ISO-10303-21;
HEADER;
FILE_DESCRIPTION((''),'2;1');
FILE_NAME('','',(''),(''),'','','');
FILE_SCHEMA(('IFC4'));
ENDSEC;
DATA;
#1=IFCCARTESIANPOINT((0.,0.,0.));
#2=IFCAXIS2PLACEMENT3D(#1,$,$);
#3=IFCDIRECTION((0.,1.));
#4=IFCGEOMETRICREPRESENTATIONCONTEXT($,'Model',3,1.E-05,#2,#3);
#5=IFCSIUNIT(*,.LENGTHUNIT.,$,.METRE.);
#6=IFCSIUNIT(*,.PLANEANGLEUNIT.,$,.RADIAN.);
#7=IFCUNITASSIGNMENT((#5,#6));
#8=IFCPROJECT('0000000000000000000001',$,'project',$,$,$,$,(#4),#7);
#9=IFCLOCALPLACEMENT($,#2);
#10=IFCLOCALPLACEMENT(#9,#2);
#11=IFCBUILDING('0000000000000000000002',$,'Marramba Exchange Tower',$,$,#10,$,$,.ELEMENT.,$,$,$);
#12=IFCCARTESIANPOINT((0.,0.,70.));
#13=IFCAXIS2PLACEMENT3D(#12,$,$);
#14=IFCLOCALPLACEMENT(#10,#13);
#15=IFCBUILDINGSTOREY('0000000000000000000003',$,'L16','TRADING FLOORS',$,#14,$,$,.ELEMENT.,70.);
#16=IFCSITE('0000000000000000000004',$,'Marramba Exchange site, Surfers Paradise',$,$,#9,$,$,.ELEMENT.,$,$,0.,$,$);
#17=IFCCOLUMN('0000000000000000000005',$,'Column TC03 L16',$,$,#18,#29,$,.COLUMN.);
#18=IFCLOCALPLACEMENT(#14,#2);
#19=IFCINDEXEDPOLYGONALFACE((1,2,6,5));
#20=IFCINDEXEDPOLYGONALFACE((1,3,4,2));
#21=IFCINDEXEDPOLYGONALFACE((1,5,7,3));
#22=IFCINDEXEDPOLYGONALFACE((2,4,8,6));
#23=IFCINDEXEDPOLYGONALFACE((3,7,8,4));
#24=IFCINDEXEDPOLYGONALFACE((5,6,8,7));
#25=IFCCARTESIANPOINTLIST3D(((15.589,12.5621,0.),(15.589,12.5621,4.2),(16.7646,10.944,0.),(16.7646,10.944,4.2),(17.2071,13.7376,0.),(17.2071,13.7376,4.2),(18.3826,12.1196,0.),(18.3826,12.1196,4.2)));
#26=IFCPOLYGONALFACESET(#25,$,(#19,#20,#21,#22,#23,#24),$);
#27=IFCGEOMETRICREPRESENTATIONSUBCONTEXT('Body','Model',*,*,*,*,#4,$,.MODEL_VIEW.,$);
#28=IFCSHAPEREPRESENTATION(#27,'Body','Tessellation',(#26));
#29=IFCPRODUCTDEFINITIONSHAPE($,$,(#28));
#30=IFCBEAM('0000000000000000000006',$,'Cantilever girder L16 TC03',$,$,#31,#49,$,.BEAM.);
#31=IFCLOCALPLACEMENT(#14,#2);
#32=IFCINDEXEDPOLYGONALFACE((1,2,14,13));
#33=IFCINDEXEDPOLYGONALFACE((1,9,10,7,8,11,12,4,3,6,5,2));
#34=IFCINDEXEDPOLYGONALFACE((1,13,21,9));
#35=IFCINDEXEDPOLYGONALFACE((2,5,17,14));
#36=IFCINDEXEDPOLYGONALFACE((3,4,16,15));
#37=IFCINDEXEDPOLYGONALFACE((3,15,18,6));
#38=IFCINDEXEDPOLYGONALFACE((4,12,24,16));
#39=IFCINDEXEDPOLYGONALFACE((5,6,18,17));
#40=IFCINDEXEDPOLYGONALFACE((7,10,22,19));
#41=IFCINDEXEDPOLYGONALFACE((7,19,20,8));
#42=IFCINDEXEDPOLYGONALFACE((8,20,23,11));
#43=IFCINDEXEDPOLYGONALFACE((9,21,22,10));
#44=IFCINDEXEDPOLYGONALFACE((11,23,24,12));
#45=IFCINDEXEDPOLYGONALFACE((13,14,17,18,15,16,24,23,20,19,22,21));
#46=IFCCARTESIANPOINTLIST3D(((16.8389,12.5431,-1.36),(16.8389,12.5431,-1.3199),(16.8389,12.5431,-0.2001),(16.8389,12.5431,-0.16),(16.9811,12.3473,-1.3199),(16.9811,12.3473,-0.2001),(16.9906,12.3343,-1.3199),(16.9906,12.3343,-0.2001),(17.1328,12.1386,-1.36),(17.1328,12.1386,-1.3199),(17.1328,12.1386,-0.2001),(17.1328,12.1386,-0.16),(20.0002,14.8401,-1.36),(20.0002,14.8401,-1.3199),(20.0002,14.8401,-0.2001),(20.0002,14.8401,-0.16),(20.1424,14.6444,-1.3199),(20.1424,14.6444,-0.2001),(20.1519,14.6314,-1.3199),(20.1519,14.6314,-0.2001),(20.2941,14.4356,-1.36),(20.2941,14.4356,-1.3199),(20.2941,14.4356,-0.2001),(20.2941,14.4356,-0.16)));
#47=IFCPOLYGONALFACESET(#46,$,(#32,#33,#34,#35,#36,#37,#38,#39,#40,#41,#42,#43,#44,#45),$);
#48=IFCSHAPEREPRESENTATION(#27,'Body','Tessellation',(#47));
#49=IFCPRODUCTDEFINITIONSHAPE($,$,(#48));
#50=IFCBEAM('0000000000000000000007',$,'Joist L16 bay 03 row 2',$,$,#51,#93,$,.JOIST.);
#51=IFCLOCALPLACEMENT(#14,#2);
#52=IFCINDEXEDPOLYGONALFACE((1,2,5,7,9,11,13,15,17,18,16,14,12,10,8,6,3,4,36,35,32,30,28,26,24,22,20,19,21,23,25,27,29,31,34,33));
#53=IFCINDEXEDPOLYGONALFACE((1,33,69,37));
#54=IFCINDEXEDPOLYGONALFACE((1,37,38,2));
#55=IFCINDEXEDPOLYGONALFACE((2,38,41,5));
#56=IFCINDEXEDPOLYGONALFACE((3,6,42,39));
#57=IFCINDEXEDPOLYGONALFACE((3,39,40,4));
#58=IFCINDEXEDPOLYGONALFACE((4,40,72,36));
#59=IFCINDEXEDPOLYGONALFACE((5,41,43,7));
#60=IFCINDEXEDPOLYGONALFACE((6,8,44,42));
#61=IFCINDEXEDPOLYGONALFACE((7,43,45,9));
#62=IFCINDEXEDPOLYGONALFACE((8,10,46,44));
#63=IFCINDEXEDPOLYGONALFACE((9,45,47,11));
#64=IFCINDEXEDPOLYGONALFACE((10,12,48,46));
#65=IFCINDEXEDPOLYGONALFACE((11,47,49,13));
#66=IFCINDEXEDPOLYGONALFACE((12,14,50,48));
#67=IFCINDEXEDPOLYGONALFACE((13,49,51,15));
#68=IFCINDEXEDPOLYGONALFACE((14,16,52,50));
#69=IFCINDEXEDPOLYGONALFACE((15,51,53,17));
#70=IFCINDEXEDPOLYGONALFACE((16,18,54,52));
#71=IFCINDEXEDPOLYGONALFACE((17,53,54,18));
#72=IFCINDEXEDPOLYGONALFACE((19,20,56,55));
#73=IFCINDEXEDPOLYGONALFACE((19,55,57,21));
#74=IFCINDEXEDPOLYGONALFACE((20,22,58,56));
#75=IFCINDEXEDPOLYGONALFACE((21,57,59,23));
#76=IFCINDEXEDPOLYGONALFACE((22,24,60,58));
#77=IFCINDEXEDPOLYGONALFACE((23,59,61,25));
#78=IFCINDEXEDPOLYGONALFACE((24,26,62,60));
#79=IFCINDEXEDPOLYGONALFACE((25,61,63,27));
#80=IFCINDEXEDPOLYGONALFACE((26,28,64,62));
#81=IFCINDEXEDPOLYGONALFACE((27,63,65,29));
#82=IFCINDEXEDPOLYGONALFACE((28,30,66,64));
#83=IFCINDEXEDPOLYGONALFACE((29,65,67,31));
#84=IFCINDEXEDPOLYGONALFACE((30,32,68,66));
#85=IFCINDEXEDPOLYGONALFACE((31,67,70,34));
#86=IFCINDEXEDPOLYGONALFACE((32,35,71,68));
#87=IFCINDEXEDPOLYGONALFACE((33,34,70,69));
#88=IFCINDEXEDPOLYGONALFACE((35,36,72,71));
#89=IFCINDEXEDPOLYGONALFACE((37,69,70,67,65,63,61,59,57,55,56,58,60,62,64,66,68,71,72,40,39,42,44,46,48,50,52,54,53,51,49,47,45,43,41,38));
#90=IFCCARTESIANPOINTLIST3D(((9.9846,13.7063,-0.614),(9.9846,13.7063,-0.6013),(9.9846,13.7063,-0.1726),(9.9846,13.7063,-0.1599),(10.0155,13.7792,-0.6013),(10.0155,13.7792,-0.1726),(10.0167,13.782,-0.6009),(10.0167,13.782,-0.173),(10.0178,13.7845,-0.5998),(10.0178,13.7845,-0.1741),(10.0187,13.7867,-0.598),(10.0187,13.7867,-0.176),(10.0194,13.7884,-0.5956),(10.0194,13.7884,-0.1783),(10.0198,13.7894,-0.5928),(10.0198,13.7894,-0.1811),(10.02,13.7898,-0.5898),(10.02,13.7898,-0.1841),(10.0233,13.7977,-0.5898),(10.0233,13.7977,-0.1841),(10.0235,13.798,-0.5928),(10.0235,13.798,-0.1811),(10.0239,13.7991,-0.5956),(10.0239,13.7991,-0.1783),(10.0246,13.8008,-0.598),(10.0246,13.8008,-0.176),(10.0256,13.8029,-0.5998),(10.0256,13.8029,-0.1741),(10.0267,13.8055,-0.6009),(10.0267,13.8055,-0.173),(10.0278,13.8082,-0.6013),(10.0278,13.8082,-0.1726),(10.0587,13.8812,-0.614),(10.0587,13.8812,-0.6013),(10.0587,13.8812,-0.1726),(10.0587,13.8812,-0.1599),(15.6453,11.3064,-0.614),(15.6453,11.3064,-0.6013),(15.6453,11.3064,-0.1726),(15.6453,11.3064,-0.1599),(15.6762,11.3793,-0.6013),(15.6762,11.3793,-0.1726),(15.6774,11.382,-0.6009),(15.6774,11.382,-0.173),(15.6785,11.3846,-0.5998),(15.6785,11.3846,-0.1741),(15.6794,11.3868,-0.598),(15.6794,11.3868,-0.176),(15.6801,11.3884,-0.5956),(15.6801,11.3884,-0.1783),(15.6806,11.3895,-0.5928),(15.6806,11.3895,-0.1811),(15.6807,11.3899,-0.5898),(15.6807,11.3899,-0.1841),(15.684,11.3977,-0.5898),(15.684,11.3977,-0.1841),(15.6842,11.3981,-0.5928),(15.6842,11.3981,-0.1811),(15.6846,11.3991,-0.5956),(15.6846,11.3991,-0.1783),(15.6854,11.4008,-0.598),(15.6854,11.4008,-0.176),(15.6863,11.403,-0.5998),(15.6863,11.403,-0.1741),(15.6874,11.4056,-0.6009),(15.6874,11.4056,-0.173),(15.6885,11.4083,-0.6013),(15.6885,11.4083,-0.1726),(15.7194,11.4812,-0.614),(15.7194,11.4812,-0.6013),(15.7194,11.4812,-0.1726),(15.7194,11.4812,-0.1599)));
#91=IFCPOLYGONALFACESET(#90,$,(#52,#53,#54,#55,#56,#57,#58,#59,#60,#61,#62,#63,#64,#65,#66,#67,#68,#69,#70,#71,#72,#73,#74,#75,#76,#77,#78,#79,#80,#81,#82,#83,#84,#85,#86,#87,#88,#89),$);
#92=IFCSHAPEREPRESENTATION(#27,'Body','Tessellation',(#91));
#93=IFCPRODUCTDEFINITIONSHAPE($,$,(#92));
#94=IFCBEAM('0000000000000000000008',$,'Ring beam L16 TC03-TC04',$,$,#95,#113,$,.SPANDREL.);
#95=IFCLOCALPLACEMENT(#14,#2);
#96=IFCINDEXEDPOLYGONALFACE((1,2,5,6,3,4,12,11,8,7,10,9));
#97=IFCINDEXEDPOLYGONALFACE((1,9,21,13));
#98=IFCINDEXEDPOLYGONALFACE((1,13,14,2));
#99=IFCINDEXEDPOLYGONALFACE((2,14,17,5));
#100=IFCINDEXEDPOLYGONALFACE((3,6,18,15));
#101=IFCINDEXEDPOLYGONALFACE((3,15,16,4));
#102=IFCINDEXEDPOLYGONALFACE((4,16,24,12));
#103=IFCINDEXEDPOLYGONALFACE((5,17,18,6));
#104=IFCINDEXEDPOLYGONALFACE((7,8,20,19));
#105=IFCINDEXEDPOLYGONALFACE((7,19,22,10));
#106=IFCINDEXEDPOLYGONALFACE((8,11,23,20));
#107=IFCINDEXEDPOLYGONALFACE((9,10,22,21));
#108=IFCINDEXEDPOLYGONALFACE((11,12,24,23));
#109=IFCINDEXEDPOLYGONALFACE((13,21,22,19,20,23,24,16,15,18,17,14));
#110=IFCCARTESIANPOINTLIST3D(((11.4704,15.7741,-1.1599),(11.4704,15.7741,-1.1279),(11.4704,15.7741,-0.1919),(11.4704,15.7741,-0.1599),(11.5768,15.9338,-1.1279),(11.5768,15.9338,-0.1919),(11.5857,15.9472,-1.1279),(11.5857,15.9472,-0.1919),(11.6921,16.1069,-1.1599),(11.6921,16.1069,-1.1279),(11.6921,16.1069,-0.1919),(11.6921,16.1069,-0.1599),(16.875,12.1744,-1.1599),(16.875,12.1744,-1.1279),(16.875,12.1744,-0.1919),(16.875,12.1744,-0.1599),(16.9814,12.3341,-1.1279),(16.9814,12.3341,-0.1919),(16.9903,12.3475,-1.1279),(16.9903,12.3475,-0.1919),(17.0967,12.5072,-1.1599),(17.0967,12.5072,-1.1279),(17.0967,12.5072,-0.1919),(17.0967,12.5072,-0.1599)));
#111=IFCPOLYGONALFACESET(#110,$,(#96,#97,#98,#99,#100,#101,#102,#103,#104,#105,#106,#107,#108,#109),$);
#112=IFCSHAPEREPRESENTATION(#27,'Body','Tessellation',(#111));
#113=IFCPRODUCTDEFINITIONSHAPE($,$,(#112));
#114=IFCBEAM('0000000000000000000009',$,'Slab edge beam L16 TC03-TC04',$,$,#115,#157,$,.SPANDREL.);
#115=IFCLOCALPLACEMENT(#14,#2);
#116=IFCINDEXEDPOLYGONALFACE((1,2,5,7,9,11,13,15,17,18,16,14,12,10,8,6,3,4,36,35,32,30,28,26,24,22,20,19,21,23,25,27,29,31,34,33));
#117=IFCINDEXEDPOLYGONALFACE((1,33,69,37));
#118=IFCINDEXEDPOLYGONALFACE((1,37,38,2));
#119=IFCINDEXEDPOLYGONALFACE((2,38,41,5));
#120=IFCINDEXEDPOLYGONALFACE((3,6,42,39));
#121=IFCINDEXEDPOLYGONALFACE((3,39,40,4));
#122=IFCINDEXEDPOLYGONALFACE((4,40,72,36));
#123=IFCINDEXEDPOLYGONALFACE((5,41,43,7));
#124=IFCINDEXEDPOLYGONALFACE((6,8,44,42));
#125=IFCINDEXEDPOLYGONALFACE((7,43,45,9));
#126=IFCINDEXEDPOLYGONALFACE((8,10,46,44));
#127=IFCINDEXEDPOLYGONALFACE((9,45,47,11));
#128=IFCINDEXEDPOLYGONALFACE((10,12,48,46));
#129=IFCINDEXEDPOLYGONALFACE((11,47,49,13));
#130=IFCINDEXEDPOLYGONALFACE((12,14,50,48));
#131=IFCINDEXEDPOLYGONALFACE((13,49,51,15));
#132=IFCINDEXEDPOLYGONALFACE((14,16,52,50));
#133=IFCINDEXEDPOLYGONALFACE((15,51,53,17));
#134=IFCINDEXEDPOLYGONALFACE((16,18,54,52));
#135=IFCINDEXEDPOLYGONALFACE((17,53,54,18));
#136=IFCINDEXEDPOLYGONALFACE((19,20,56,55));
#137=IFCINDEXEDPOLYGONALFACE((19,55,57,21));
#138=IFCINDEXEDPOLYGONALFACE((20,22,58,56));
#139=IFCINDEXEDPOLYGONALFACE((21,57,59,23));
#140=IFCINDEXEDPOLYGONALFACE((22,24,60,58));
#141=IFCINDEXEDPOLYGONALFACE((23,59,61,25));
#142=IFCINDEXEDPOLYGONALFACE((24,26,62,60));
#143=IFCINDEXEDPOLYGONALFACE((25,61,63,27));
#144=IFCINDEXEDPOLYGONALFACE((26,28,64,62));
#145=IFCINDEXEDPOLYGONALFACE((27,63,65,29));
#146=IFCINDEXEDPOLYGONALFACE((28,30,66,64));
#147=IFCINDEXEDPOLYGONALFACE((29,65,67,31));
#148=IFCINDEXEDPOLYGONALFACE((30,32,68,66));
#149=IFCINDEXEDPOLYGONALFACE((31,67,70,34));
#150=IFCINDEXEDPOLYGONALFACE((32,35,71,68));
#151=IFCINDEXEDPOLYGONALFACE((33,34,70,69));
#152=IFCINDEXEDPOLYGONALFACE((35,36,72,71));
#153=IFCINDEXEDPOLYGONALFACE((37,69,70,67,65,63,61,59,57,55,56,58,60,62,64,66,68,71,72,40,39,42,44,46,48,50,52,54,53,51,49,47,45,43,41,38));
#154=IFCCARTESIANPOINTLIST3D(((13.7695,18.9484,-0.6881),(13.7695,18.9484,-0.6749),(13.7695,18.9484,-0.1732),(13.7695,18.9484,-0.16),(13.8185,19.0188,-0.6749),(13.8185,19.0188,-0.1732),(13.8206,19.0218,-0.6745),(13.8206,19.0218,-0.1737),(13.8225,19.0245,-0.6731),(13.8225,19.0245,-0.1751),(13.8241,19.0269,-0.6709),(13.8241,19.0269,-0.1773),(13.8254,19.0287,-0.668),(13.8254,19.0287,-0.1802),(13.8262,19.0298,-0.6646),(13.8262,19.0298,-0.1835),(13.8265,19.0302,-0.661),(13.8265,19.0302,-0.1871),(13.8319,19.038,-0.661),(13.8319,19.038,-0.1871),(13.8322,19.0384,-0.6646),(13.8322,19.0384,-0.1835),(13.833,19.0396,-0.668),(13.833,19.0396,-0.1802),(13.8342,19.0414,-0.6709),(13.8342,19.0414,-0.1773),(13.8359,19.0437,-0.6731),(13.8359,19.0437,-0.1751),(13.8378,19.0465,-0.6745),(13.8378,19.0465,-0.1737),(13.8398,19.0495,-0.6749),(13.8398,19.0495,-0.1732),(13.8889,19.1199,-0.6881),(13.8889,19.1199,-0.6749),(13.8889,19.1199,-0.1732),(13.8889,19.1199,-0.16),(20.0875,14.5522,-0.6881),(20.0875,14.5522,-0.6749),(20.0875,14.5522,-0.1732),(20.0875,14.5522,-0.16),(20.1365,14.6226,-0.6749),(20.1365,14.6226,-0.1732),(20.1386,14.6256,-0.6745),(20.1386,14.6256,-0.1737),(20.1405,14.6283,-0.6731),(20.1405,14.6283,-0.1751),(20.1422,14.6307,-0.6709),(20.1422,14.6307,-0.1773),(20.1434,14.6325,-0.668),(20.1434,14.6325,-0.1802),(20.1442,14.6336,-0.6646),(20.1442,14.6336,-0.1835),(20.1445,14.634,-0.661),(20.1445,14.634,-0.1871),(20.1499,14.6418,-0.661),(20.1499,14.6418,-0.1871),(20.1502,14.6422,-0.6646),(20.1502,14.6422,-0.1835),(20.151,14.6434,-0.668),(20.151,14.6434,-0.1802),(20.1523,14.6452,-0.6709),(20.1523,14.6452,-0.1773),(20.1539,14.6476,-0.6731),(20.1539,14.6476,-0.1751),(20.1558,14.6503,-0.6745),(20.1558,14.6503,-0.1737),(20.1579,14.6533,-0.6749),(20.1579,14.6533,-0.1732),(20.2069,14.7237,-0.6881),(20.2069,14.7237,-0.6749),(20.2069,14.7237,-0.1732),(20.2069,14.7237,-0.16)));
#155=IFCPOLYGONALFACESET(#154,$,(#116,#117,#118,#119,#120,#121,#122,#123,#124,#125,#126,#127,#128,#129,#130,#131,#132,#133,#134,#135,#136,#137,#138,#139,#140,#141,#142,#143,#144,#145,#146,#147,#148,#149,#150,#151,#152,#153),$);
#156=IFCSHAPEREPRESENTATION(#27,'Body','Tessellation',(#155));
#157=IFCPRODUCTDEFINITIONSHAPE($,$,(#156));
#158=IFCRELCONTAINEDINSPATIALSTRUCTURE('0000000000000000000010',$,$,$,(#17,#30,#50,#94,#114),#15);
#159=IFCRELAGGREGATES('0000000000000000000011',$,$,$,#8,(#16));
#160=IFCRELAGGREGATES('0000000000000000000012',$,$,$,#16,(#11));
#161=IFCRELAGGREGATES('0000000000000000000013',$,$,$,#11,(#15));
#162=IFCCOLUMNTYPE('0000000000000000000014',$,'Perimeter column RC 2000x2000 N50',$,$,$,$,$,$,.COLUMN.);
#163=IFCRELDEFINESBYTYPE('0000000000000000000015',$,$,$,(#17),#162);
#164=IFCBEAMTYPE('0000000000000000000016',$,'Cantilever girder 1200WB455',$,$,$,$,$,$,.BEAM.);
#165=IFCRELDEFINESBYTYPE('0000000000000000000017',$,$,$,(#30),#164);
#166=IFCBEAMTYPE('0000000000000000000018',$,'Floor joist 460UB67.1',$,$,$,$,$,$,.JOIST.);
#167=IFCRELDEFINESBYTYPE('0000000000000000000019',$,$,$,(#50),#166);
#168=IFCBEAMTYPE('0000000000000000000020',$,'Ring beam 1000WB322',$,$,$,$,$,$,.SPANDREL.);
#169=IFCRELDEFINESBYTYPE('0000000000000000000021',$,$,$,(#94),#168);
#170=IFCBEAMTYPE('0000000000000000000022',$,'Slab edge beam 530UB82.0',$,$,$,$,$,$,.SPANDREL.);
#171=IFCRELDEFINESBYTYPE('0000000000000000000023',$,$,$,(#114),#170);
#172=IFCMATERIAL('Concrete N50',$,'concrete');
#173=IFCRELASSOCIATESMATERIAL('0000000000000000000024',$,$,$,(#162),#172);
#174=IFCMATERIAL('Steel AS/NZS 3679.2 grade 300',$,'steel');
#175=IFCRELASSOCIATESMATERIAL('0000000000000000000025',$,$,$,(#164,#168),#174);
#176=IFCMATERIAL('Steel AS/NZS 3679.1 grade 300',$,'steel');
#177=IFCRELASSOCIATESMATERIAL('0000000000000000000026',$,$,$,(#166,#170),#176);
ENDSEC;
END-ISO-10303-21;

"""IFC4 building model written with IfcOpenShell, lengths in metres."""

from ifc_helpers import new_model, si_unit, direction, frame, origin, origin_2d, place, context, subcontext, project, spatial, rectangle, i_section, extrude, material, material_profile, profile_set, type_object, element, save


model = new_model("IFC4")

# Units and contexts
model_context = context("Model", 3, precision=1e-05, world=origin(), true_north=direction((0.0, 1.0)))
body_context = subcontext(model_context, "Body", "Model", "MODEL_VIEW")
ifc_project = project(units=[si_unit("LENGTHUNIT", "METRE"), si_unit("PLANEANGLEUNIT", "RADIAN")], contexts=[model_context])

# Site, building, storey
site_placement = place(None, origin())
site = spatial("IfcSite", under=ifc_project, at=site_placement, Name="Marramba Exchange site, Surfers Paradise", CompositionType="ELEMENT", RefElevation=0.0)
building_placement = place(site_placement, origin())
building = spatial("IfcBuilding", under=site, at=building_placement, Name="Marramba Exchange Tower", CompositionType="ELEMENT")
storey_placement = place(building_placement, frame((0.0, 0.0, 70.0)))
storey = spatial("IfcBuildingStorey", under=building, at=storey_placement, Name="L16", Description="TRADING FLOORS", CompositionType="ELEMENT", Elevation=70.0)

# Column
ifc_material_1 = material(Name="Concrete N50", Category="concrete")
ifc_material_profile_1 = material_profile(ifc_material_1, rectangle(XDim=2.0, YDim=2.0, at=origin_2d()), Name="RC 2000x2000")
ifc_profile_set_1 = profile_set([ifc_material_profile_1], Name="Concrete N50")
column_type = type_object("IfcColumnType", Name="Perimeter column RC 2000x2000 N50", PredefinedType="COLUMN", material=ifc_profile_set_1)
column_placement = place(storey_placement, frame((16.9858, 12.3408, 0.0), z_axis=(0.0, 0.0, 1.0), x_axis=(0.809017, 0.587785, 0.0)))
element("IfcColumn", 1, at=column_placement, inside=storey, type_object=column_type, Name="Column TC03 L16", PredefinedType="COLUMN", context=body_context, shape_type="SweptSolid", body=[
    extrude(rectangle(XDim=2.0, YDim=2.0, at=origin_2d()), origin(), (0.0, 0.0, 1.0), 4.2),
])

# Beams
ifc_material_2 = material(Name="Steel AS/NZS 3679.2 grade 300", Category="steel")
ifc_material_profile_2 = material_profile(ifc_material_2, i_section(OverallWidth=0.5, OverallDepth=1.2, WebThickness=0.0161, FlangeThickness=0.04, at=origin_2d()), Name="1200WB455")
ifc_profile_set_2 = profile_set([ifc_material_profile_2], Name="Steel AS/NZS 3679.2 grade 300")
beam_type_1 = type_object("IfcBeamType", Name="Cantilever girder 1200WB455", PredefinedType="BEAM", material=ifc_profile_set_2)
beam_1_placement = place(storey_placement, frame((16.9858, 12.3408, -0.76), z_axis=(0.808987, 0.587826, 0.0), x_axis=(-0.587826, 0.808987, 0.0)))
element("IfcBeam", 2, at=beam_1_placement, inside=storey, type_object=beam_type_1, Name="Cantilever girder L16 TC03", PredefinedType="BEAM", context=body_context, shape_type="SweptSolid", body=[
    extrude(i_section(OverallWidth=0.5, OverallDepth=1.2, WebThickness=0.0161, FlangeThickness=0.04, at=origin_2d()), origin(), (0.0, 0.0, 1.0), 3.9077),
])
ifc_material_3 = material(Name="Steel AS/NZS 3679.1 grade 300", Category="steel")
ifc_material_profile_3 = material_profile(ifc_material_3, i_section(OverallWidth=0.1899, OverallDepth=0.4541, WebThickness=0.0085, FlangeThickness=0.0127, FilletRadius=0.0115, at=origin_2d()), Name="460UB67.1")
ifc_profile_set_3 = profile_set([ifc_material_profile_3], Name="Steel AS/NZS 3679.1 grade 300")
beam_type_2 = type_object("IfcBeamType", Name="Floor joist 460UB67.1", PredefinedType="JOIST", material=ifc_profile_set_3)
beam_2_placement = place(storey_placement, frame((15.6824, 11.3938, -0.387), z_axis=(-0.920674, 0.390332, 0.0), x_axis=(-0.390332, -0.920674, 0.0)))
element("IfcBeam", 3, at=beam_2_placement, inside=storey, type_object=beam_type_2, Name="Joist L16 bay 03 row 2", PredefinedType="JOIST", context=body_context, shape_type="SweptSolid", body=[
    extrude(i_section(OverallWidth=0.1899, OverallDepth=0.4541, WebThickness=0.0085, FlangeThickness=0.0127, FilletRadius=0.0115, at=origin_2d()), origin(), (0.0, 0.0, 1.0), 6.1484),
])
ifc_material_profile_4 = material_profile(ifc_material_2, i_section(OverallWidth=0.3999, OverallDepth=1.0, WebThickness=0.0161, FlangeThickness=0.032, at=origin_2d()), Name="1000WB322")
ifc_profile_set_4 = profile_set([ifc_material_profile_4], Name="Steel AS/NZS 3679.2 grade 300")
beam_type_3 = type_object("IfcBeamType", Name="Ring beam 1000WB322", PredefinedType="SPANDREL", material=ifc_profile_set_4)
beam_3_placement = place(storey_placement, frame((16.9858, 12.3408, -0.6599), z_axis=(-0.832293, 0.554336, 0.0), x_axis=(-0.554336, -0.832293, 0.0)))
element("IfcBeam", 4, at=beam_3_placement, inside=storey, type_object=beam_type_3, Name="Ring beam L16 TC03-TC04", PredefinedType="SPANDREL", context=body_context, shape_type="SweptSolid", body=[
    extrude(i_section(OverallWidth=0.3999, OverallDepth=1.0, WebThickness=0.0161, FlangeThickness=0.032, at=origin_2d()), origin(), (0.0, 0.0, 1.0), 6.4937),
])
ifc_material_profile_5 = material_profile(ifc_material_3, i_section(OverallWidth=0.209, OverallDepth=0.5281, WebThickness=0.0095, FlangeThickness=0.0132, FilletRadius=0.0139, at=origin_2d()), Name="530UB82.0")
ifc_profile_set_5 = profile_set([ifc_material_profile_5], Name="Steel AS/NZS 3679.1 grade 300")
beam_type_4 = type_object("IfcBeamType", Name="Slab edge beam 530UB82.0", PredefinedType="SPANDREL", material=ifc_profile_set_5)
beam_4_placement = place(storey_placement, frame((20.1472, 14.6379, -0.4241), z_axis=(-0.820842, 0.571155, 0.0), x_axis=(-0.571155, -0.820842, 0.0)))
element("IfcBeam", 5, at=beam_4_placement, inside=storey, type_object=beam_type_4, Name="Slab edge beam L16 TC03-TC04", PredefinedType="SPANDREL", context=body_context, shape_type="SweptSolid", body=[
    extrude(i_section(OverallWidth=0.209, OverallDepth=0.5281, WebThickness=0.0095, FlangeThickness=0.0132, FilletRadius=0.0139, at=origin_2d()), origin(), (0.0, 0.0, 1.0), 7.697),
])

save(model, "model.ifc")
